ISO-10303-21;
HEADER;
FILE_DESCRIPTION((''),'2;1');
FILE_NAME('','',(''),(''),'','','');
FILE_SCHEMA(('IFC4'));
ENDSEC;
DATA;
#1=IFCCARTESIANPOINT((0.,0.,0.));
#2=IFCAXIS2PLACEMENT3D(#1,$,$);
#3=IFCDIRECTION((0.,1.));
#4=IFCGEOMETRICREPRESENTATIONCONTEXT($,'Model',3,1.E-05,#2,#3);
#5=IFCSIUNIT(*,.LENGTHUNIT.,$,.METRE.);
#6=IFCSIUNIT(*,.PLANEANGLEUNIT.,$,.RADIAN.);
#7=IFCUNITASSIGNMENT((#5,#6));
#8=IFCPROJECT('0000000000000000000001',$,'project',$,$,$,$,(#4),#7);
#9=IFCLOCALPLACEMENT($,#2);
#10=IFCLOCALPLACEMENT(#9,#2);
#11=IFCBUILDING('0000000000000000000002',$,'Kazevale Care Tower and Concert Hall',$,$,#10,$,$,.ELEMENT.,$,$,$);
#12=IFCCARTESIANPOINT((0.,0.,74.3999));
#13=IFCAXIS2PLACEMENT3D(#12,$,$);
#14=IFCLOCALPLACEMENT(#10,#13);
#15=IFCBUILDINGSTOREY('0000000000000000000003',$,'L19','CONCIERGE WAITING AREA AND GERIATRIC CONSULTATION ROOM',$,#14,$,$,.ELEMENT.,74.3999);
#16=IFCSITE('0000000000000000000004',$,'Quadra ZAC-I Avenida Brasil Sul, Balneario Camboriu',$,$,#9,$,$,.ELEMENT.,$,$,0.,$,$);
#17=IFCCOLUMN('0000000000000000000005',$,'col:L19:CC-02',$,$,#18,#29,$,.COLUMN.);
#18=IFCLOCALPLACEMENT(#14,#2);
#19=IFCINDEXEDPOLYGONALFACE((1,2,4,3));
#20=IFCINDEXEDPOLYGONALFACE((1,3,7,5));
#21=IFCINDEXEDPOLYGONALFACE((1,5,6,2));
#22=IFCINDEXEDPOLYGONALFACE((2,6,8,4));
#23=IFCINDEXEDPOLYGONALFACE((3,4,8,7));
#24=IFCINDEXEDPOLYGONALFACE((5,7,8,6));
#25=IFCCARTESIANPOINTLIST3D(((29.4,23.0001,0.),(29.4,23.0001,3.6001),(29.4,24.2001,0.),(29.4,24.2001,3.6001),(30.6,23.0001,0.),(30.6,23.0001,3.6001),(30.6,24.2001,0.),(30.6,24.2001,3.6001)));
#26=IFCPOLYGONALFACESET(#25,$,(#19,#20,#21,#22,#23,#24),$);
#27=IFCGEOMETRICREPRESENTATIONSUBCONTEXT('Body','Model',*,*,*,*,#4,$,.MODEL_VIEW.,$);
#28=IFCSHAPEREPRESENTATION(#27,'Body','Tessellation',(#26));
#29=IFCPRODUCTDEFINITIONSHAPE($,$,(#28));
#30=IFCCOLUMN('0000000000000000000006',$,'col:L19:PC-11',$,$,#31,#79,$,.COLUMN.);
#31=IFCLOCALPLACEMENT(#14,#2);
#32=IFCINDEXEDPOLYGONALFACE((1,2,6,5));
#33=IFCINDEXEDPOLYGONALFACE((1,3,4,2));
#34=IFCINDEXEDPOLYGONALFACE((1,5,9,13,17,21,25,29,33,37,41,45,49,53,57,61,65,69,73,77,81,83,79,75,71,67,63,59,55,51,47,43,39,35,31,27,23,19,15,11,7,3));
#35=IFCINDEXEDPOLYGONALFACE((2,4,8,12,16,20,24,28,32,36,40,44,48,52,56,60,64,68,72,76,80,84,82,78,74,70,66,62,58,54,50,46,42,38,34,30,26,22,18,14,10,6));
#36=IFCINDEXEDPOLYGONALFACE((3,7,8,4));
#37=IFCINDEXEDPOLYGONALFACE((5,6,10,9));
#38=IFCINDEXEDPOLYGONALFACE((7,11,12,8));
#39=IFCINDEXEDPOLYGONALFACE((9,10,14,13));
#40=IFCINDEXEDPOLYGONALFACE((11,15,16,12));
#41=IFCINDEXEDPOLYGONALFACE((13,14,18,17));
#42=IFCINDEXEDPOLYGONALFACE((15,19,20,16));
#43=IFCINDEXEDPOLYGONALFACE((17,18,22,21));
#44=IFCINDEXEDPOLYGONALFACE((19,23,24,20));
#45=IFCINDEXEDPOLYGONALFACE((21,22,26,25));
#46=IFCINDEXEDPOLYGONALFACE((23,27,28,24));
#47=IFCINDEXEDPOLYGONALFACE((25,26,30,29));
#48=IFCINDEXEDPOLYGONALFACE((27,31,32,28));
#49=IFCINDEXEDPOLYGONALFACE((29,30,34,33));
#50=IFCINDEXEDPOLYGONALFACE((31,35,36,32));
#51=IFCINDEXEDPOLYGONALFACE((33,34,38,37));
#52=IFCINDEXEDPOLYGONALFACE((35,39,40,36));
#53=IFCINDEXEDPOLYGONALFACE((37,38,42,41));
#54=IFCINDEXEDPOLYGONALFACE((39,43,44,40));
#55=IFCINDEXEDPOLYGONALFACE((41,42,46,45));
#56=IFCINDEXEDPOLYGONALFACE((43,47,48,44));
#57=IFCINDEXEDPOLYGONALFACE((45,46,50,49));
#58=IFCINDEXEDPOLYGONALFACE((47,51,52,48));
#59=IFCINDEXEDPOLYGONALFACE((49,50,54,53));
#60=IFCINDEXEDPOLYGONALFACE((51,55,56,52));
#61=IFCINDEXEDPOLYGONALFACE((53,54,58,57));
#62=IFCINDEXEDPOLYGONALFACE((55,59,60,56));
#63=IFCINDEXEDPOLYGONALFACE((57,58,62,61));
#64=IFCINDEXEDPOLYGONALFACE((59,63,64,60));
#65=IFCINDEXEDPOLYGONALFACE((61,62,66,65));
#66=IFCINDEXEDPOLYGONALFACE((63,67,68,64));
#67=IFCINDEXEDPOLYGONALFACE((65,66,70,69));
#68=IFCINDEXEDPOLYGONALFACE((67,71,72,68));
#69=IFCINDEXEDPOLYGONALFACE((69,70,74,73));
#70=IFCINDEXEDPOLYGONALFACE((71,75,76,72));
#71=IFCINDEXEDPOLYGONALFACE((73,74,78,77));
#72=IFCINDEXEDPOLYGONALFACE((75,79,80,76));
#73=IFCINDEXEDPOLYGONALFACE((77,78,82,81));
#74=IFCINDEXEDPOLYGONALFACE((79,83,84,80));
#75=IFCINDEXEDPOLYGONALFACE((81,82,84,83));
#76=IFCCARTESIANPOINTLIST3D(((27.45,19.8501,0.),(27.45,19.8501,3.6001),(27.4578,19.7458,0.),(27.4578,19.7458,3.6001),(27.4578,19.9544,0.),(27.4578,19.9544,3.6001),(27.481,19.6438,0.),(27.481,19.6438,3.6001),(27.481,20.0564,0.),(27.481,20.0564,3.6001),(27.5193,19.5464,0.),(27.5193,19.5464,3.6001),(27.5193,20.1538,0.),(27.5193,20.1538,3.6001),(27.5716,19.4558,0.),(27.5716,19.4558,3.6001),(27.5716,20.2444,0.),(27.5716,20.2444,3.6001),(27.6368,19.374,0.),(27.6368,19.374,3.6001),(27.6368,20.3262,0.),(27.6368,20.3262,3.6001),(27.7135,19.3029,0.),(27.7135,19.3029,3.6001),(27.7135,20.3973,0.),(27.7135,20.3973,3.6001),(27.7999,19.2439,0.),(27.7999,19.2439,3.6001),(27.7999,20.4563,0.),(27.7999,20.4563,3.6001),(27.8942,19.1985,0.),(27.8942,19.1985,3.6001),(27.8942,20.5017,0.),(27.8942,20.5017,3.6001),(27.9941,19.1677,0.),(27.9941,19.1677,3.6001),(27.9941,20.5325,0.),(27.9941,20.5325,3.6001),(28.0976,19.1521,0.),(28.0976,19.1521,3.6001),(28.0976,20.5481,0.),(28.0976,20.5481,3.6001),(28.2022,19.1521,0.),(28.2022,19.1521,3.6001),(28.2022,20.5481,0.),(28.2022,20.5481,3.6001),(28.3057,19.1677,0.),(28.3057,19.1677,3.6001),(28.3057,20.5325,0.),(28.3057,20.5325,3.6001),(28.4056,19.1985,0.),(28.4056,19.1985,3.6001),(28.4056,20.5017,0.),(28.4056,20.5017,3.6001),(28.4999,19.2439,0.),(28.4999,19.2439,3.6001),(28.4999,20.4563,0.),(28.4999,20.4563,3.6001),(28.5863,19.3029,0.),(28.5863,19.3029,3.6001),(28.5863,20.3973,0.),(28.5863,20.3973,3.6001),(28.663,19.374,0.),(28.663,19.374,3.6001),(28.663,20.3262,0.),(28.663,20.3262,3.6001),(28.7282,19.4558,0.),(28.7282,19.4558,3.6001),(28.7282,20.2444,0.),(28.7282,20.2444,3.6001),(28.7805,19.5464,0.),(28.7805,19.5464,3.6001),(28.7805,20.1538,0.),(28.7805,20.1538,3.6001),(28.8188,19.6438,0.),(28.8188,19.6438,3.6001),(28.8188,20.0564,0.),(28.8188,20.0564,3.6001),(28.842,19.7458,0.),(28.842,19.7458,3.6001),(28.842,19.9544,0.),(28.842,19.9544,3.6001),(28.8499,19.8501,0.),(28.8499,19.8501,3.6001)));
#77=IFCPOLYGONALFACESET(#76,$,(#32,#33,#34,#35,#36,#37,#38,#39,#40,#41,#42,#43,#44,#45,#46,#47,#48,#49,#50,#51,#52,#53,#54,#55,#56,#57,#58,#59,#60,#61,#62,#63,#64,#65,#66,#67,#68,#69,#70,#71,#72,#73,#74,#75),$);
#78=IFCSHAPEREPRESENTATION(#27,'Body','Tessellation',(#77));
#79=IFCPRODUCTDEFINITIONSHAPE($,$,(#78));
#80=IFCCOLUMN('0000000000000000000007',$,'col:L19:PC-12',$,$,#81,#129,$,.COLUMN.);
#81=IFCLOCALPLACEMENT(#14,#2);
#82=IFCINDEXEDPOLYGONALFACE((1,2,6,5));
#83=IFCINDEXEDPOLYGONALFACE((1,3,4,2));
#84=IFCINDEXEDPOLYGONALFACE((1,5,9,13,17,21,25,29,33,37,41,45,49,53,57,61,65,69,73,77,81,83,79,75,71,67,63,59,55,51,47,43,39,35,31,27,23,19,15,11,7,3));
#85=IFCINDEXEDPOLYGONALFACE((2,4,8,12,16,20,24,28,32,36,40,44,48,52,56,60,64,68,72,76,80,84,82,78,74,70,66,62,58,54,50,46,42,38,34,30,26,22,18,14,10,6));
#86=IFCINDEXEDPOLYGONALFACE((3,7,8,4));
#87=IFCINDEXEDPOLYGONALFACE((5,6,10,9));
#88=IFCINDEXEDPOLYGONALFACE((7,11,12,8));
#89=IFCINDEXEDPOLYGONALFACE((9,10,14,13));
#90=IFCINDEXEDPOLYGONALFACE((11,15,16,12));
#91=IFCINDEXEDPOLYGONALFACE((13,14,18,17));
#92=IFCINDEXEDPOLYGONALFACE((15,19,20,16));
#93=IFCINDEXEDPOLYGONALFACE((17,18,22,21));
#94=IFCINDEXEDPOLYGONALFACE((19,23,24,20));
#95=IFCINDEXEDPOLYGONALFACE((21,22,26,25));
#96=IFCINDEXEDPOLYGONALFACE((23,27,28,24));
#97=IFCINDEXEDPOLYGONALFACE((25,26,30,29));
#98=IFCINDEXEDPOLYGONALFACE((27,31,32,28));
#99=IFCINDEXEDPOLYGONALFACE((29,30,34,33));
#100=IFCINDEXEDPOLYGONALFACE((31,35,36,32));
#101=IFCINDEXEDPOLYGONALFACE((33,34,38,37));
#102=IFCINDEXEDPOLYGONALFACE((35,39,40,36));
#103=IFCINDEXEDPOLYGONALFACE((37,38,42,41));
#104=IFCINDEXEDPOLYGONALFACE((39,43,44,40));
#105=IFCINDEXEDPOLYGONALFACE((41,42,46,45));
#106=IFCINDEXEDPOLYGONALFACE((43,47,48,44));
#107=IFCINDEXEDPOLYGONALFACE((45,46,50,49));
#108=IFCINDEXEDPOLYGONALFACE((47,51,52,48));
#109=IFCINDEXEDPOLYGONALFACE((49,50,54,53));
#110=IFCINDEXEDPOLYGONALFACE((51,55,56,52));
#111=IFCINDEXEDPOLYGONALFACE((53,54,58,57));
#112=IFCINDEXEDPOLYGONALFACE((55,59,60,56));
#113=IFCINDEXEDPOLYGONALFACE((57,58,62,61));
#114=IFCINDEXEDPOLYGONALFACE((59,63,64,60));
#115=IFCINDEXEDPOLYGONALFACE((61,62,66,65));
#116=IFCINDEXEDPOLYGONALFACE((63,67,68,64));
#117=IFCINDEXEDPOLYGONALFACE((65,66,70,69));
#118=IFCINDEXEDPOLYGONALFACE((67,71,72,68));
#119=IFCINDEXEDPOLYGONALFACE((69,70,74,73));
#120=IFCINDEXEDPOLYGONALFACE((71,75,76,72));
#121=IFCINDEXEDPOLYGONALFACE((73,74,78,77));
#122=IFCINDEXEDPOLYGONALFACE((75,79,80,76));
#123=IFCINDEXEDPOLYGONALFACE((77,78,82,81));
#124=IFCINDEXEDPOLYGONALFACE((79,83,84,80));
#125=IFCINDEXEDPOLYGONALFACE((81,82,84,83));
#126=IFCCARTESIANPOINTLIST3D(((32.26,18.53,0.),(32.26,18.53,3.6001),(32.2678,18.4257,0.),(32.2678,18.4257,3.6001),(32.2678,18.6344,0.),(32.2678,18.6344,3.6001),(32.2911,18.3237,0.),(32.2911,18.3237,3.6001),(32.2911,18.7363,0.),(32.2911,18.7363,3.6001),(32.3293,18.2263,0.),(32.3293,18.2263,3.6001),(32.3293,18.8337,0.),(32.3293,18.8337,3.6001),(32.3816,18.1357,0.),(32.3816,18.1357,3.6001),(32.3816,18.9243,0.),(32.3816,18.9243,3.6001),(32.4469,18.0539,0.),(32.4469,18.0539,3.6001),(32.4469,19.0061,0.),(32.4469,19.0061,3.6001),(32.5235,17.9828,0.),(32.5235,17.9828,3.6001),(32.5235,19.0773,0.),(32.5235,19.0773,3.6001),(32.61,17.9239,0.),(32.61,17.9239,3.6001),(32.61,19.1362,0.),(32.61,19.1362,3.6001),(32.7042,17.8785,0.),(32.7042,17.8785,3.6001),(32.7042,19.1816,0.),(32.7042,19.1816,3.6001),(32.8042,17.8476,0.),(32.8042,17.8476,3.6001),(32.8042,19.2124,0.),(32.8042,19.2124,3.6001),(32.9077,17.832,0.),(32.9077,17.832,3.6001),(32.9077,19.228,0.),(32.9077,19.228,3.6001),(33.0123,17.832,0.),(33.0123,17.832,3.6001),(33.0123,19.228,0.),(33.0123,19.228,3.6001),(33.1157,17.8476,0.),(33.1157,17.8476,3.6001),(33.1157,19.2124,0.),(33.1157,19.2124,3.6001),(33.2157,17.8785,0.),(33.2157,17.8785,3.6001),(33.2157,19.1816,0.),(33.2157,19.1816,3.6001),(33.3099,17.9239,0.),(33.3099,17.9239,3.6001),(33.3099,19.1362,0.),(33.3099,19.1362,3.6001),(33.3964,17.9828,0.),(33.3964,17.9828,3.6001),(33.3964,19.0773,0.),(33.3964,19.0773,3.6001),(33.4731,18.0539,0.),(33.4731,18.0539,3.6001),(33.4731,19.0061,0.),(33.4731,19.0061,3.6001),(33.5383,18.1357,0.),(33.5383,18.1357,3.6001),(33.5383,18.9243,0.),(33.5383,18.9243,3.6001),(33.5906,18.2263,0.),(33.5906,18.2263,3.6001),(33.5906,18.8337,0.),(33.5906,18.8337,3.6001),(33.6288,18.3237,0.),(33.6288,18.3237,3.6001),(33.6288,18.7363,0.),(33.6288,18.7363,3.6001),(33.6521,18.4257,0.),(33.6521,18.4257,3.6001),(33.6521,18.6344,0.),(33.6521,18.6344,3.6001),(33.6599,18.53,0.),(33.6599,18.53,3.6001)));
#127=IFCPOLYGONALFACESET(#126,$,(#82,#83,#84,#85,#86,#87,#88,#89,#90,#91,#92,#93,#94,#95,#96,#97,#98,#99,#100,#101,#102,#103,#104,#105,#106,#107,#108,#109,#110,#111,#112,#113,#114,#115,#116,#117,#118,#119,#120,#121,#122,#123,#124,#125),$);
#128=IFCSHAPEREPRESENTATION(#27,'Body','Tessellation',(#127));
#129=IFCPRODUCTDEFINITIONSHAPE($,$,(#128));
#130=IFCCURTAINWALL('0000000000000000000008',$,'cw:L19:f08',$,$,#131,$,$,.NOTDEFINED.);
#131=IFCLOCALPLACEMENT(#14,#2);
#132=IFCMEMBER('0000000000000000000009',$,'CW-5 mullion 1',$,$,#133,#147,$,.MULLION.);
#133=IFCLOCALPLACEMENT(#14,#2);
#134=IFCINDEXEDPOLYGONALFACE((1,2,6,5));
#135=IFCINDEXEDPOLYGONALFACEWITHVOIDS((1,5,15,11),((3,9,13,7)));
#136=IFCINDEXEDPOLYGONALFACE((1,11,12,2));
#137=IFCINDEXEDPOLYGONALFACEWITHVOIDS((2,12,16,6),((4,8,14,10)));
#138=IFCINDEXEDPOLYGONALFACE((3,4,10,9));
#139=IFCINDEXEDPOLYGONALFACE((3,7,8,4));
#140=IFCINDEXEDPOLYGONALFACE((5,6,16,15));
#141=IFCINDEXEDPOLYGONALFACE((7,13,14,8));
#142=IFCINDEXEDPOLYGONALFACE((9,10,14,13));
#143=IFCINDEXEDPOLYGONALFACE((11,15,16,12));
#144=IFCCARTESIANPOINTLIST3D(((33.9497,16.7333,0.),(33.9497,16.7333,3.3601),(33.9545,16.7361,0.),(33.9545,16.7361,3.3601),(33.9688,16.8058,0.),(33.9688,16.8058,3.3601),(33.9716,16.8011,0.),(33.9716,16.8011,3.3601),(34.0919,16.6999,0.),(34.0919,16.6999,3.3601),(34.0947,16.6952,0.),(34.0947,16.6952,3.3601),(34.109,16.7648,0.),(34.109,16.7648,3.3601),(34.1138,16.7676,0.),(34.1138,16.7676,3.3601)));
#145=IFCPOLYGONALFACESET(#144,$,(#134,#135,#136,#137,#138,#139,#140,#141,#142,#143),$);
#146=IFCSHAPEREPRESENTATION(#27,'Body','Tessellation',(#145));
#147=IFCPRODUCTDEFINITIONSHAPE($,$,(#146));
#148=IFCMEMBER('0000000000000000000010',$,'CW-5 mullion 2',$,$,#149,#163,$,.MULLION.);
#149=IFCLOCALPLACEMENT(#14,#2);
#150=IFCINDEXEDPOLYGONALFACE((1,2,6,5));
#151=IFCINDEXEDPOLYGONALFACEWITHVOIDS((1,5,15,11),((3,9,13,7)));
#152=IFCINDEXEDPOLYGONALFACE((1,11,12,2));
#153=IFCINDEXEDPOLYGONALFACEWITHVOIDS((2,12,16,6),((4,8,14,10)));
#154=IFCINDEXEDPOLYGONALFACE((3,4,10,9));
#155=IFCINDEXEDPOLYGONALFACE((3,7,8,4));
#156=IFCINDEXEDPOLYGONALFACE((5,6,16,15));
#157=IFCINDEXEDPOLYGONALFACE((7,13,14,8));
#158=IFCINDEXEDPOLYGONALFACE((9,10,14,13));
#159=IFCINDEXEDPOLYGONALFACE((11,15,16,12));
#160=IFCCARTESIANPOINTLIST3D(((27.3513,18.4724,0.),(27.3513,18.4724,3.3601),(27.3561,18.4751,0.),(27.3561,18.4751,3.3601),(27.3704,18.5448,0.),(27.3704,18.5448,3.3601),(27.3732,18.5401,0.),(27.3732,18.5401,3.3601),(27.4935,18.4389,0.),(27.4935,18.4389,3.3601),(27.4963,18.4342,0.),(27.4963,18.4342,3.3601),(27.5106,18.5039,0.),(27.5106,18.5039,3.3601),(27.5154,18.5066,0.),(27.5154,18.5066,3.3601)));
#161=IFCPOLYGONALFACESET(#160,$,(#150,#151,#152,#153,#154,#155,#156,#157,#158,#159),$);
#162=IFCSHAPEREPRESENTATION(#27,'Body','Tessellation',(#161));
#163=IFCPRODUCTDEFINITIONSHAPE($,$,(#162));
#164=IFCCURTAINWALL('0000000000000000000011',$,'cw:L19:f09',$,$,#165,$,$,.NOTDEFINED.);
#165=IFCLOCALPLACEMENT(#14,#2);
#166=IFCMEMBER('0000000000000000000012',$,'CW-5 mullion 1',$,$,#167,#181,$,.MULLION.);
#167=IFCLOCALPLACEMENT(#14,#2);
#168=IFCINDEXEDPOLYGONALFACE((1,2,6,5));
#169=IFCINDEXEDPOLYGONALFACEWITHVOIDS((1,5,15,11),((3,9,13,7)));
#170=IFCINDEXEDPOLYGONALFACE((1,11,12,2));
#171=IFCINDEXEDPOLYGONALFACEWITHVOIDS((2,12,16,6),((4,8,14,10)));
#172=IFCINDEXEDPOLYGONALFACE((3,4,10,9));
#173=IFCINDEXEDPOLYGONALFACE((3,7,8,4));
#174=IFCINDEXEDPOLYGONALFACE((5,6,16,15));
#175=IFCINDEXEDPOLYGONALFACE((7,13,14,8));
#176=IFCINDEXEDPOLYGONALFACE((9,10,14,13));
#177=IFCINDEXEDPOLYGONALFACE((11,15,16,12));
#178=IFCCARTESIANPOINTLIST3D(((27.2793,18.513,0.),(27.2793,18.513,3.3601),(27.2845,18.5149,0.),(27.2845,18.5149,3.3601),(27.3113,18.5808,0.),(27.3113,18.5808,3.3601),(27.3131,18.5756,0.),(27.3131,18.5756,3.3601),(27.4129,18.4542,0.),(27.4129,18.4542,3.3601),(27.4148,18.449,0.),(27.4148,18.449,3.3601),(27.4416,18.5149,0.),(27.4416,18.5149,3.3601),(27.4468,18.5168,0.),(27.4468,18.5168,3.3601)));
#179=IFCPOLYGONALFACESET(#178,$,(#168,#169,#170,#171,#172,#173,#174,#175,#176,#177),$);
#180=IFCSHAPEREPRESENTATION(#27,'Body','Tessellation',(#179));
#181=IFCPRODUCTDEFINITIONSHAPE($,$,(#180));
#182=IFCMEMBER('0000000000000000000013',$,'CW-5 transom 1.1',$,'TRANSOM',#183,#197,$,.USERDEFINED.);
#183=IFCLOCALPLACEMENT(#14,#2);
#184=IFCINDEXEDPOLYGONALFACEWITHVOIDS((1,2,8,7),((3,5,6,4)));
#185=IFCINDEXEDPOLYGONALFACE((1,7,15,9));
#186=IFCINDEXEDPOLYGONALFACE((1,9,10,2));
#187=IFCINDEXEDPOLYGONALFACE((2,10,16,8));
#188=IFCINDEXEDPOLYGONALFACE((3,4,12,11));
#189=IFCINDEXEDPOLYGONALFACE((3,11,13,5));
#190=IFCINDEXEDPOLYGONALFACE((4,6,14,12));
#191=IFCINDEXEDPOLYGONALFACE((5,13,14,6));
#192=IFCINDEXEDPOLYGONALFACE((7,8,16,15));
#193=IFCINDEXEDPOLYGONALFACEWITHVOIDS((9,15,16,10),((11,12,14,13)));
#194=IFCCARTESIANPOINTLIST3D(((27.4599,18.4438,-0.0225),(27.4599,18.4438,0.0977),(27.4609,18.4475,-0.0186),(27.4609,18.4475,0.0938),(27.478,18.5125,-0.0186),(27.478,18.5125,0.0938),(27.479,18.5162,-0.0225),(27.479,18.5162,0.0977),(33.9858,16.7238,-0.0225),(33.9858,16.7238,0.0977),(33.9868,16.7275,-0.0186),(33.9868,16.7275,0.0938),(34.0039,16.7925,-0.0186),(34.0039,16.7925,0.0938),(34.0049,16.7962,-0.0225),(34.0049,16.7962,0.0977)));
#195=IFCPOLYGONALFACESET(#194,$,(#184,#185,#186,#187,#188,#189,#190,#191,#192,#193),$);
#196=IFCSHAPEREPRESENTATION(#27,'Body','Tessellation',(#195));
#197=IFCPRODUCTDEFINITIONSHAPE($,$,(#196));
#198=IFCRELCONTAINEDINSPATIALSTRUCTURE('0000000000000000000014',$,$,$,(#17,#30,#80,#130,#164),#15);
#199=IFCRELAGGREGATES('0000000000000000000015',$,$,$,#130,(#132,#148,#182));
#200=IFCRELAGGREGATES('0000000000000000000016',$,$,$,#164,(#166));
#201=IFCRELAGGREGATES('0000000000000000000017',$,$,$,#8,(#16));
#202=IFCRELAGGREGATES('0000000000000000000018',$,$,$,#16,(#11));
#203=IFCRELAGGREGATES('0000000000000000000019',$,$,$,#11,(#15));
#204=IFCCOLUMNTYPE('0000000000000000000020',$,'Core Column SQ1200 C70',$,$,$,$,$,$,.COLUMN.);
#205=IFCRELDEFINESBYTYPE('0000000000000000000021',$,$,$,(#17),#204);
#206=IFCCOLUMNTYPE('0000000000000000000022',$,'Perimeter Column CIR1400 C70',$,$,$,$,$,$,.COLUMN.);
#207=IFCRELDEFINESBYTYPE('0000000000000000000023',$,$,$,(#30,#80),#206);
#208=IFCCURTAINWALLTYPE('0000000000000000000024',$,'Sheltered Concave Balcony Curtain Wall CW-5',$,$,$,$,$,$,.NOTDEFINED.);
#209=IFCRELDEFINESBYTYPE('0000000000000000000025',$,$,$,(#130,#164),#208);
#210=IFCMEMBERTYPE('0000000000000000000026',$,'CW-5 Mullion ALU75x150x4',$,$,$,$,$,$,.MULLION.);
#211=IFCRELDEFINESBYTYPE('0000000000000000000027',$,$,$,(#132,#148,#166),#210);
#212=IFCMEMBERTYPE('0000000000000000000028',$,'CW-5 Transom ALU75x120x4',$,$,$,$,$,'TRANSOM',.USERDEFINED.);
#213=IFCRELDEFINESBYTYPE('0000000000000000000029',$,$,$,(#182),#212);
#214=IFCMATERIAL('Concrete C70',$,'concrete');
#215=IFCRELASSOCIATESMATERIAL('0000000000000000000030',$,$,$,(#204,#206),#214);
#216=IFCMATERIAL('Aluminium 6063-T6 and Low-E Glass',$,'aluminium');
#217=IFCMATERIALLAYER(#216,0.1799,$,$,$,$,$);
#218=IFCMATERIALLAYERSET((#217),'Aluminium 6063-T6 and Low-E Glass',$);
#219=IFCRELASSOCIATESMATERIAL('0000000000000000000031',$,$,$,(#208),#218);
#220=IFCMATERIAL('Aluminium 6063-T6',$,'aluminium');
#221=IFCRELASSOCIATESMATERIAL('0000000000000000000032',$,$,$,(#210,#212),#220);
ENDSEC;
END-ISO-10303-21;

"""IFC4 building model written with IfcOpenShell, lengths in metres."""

from ifc_helpers import new_model, si_unit, direction, frame, origin, origin_2d, place, context, subcontext, project, spatial, rectangle, hollow_rectangle, circle, extrude, material, layer, layer_set, material_profile, profile_set, type_object, element, aggregate, save


model = new_model("IFC4")

# Units and contexts
model_context = context("Model", 3, precision=1e-05, world=origin(), true_north=direction((0.0, 1.0)))
body_context = subcontext(model_context, "Body", "Model", "MODEL_VIEW")
ifc_project = project(units=[si_unit("LENGTHUNIT", "METRE"), si_unit("PLANEANGLEUNIT", "RADIAN")], contexts=[model_context])

# Site, building, storey
site_placement = place(None, origin())
site = spatial("IfcSite", under=ifc_project, at=site_placement, Name="Quadra ZAC-I Avenida Brasil Sul, Balneario Camboriu", CompositionType="ELEMENT", RefElevation=0.0)
building_placement = place(site_placement, origin())
building = spatial("IfcBuilding", under=site, at=building_placement, Name="Kazevale Care Tower and Concert Hall", CompositionType="ELEMENT")
storey_placement = place(building_placement, frame((0.0, 0.0, 74.3999)))
storey = spatial("IfcBuildingStorey", under=building, at=storey_placement, Name="L19", Description="CONCIERGE WAITING AREA AND GERIATRIC CONSULTATION ROOM", CompositionType="ELEMENT", Elevation=74.3999)

# Columns
ifc_material_1 = material(Name="Concrete C70", Category="concrete")
ifc_material_profile_1 = material_profile(ifc_material_1, rectangle(XDim=1.2, YDim=1.2, at=origin_2d()), Name="RC-SQ1200")
ifc_profile_set_1 = profile_set([ifc_material_profile_1], Name="Concrete C70")
column_type_1 = type_object("IfcColumnType", Name="Core Column SQ1200 C70", PredefinedType="COLUMN", material=ifc_profile_set_1)
column_placement = place(storey_placement, frame((30.0, 23.6001, 0.0), z_axis=(0.0, 0.0, 1.0), x_axis=(1.0, 0.0, 0.0)))
element("IfcColumn", 1, at=column_placement, inside=storey, type_object=column_type_1, Name="col:L19:CC-02", PredefinedType="COLUMN", context=body_context, shape_type="SweptSolid", body=[
    extrude(rectangle(XDim=1.2, YDim=1.2, at=origin_2d()), origin(), (0.0, 0.0, 1.0), 3.6001),
])
ifc_material_profile_2 = material_profile(ifc_material_1, circle(Radius=0.7, at=origin_2d()), Name="RC-CIR1400")
ifc_profile_set_2 = profile_set([ifc_material_profile_2], Name="Concrete C70")
column_type_2 = type_object("IfcColumnType", Name="Perimeter Column CIR1400 C70", PredefinedType="COLUMN", material=ifc_profile_set_2)
for number, where, z_axis, x_axis, name in (
    (2, (28.1499, 19.8501, 0.0), (0.0, 0.0, 1.0), (1.0, 0.0, 0.0), "col:L19:PC-11"),
    (3, (32.96, 18.53, 0.0), (0.0, 0.0, 1.0), (1.0, 0.0, 0.0), "col:L19:PC-12"),
):
    element("IfcColumn", number, at=place(storey_placement, frame(where, z_axis=z_axis, x_axis=x_axis)), inside=storey, type_object=column_type_2, Name=name, PredefinedType="COLUMN", context=body_context, shape_type="SweptSolid", body=[
        extrude(circle(Radius=0.7, at=origin_2d()), origin(), (0.0, 0.0, 1.0), 3.6001),
    ])

# Curtain wall, members
ifc_material_2 = material(Name="Aluminium 6063-T6 and Low-E Glass", Category="aluminium")
ifc_layer_1 = layer(ifc_material_2, 0.1799)
ifc_layer_set_1 = layer_set([ifc_layer_1], Name="Aluminium 6063-T6 and Low-E Glass")
curtain_wall_type = type_object("IfcCurtainWallType", Name="Sheltered Concave Balcony Curtain Wall CW-5", PredefinedType="NOTDEFINED", material=ifc_layer_set_1)
curtain_wall_1_placement = place(storey_placement, origin())
curtain_wall_1 = element("IfcCurtainWall", 4, at=curtain_wall_1_placement, inside=storey, type_object=curtain_wall_type, Name="cw:L19:f08", PredefinedType="NOTDEFINED")
ifc_material_3 = material(Name="Aluminium 6063-T6", Category="aluminium")
ifc_material_profile_3 = material_profile(ifc_material_3, hollow_rectangle(XDim=0.075, YDim=0.1499, WallThickness=0.0039, at=origin_2d()), Name="ALU75x150x4")
ifc_profile_set_3 = profile_set([ifc_material_profile_3], Name="Aluminium 6063-T6")
member_type_1 = type_object("IfcMemberType", Name="CW-5 Mullion ALU75x150x4", PredefinedType="MULLION", material=ifc_profile_set_3)
member_1_placement = place(storey_placement, frame((34.0317, 16.7505, 0.0), z_axis=(0.0, 0.0, 1.0), x_axis=(-0.254829, -0.966986, 0.0)))
member_1 = element("IfcMember", 5, at=member_1_placement, type_object=member_type_1, Name="CW-5 mullion 1", PredefinedType="MULLION", context=body_context, shape_type="SweptSolid", body=[
    extrude(hollow_rectangle(XDim=0.075, YDim=0.1499, WallThickness=0.0039, at=origin_2d()), origin(), (0.0, 0.0, 1.0), 3.3601),
])
member_2_placement = place(storey_placement, frame((27.4333, 18.4895, 0.0), z_axis=(0.0, 0.0, 1.0), x_axis=(-0.254829, -0.966986, 0.0)))
member_2 = element("IfcMember", 6, at=member_2_placement, type_object=member_type_1, Name="CW-5 mullion 2", PredefinedType="MULLION", context=body_context, shape_type="SweptSolid", body=[
    extrude(hollow_rectangle(XDim=0.075, YDim=0.1499, WallThickness=0.0039, at=origin_2d()), origin(), (0.0, 0.0, 1.0), 3.3601),
])

# Curtain wall, member
curtain_wall_2_placement = place(storey_placement, origin())
curtain_wall_2 = element("IfcCurtainWall", 7, at=curtain_wall_2_placement, inside=storey, type_object=curtain_wall_type, Name="cw:L19:f09", PredefinedType="NOTDEFINED")
member_3_placement = place(storey_placement, frame((27.363, 18.5149, 0.0), z_axis=(0.0, 0.0, 1.0), x_axis=(-0.426942, -0.904279, 0.0)))
member_3 = element("IfcMember", 8, at=member_3_placement, type_object=member_type_1, Name="CW-5 mullion 1", PredefinedType="MULLION", context=body_context, shape_type="SweptSolid", body=[
    extrude(hollow_rectangle(XDim=0.075, YDim=0.1499, WallThickness=0.0039, at=origin_2d()), origin(), (0.0, 0.0, 1.0), 3.3601),
])

# Member
ifc_material_profile_4 = material_profile(ifc_material_3, hollow_rectangle(XDim=0.075, YDim=0.1201, WallThickness=0.0039, at=origin_2d()), Name="ALU75x120x4")
ifc_profile_set_4 = profile_set([ifc_material_profile_4], Name="Aluminium 6063-T6")
member_type_2 = type_object("IfcMemberType", Name="CW-5 Transom ALU75x120x4", ElementType="TRANSOM", PredefinedType="USERDEFINED", material=ifc_profile_set_4)
member_4_placement = place(storey_placement, frame((33.9954, 16.76, 0.0376), z_axis=(-0.966978, 0.254858, 0.0), x_axis=(-0.254858, -0.966978, 0.0)))
member_4 = element("IfcMember", 9, at=member_4_placement, type_object=member_type_2, Name="CW-5 transom 1.1", ObjectType="TRANSOM", PredefinedType="USERDEFINED", context=body_context, shape_type="SweptSolid", body=[
    extrude(hollow_rectangle(XDim=0.075, YDim=0.1201, WallThickness=0.0039, at=origin_2d()), origin(), (0.0, 0.0, 1.0), 6.7488),
])

aggregate(curtain_wall_1, [member_1, member_2, member_4])
aggregate(curtain_wall_2, [member_3])

save(model, "model.ifc")
